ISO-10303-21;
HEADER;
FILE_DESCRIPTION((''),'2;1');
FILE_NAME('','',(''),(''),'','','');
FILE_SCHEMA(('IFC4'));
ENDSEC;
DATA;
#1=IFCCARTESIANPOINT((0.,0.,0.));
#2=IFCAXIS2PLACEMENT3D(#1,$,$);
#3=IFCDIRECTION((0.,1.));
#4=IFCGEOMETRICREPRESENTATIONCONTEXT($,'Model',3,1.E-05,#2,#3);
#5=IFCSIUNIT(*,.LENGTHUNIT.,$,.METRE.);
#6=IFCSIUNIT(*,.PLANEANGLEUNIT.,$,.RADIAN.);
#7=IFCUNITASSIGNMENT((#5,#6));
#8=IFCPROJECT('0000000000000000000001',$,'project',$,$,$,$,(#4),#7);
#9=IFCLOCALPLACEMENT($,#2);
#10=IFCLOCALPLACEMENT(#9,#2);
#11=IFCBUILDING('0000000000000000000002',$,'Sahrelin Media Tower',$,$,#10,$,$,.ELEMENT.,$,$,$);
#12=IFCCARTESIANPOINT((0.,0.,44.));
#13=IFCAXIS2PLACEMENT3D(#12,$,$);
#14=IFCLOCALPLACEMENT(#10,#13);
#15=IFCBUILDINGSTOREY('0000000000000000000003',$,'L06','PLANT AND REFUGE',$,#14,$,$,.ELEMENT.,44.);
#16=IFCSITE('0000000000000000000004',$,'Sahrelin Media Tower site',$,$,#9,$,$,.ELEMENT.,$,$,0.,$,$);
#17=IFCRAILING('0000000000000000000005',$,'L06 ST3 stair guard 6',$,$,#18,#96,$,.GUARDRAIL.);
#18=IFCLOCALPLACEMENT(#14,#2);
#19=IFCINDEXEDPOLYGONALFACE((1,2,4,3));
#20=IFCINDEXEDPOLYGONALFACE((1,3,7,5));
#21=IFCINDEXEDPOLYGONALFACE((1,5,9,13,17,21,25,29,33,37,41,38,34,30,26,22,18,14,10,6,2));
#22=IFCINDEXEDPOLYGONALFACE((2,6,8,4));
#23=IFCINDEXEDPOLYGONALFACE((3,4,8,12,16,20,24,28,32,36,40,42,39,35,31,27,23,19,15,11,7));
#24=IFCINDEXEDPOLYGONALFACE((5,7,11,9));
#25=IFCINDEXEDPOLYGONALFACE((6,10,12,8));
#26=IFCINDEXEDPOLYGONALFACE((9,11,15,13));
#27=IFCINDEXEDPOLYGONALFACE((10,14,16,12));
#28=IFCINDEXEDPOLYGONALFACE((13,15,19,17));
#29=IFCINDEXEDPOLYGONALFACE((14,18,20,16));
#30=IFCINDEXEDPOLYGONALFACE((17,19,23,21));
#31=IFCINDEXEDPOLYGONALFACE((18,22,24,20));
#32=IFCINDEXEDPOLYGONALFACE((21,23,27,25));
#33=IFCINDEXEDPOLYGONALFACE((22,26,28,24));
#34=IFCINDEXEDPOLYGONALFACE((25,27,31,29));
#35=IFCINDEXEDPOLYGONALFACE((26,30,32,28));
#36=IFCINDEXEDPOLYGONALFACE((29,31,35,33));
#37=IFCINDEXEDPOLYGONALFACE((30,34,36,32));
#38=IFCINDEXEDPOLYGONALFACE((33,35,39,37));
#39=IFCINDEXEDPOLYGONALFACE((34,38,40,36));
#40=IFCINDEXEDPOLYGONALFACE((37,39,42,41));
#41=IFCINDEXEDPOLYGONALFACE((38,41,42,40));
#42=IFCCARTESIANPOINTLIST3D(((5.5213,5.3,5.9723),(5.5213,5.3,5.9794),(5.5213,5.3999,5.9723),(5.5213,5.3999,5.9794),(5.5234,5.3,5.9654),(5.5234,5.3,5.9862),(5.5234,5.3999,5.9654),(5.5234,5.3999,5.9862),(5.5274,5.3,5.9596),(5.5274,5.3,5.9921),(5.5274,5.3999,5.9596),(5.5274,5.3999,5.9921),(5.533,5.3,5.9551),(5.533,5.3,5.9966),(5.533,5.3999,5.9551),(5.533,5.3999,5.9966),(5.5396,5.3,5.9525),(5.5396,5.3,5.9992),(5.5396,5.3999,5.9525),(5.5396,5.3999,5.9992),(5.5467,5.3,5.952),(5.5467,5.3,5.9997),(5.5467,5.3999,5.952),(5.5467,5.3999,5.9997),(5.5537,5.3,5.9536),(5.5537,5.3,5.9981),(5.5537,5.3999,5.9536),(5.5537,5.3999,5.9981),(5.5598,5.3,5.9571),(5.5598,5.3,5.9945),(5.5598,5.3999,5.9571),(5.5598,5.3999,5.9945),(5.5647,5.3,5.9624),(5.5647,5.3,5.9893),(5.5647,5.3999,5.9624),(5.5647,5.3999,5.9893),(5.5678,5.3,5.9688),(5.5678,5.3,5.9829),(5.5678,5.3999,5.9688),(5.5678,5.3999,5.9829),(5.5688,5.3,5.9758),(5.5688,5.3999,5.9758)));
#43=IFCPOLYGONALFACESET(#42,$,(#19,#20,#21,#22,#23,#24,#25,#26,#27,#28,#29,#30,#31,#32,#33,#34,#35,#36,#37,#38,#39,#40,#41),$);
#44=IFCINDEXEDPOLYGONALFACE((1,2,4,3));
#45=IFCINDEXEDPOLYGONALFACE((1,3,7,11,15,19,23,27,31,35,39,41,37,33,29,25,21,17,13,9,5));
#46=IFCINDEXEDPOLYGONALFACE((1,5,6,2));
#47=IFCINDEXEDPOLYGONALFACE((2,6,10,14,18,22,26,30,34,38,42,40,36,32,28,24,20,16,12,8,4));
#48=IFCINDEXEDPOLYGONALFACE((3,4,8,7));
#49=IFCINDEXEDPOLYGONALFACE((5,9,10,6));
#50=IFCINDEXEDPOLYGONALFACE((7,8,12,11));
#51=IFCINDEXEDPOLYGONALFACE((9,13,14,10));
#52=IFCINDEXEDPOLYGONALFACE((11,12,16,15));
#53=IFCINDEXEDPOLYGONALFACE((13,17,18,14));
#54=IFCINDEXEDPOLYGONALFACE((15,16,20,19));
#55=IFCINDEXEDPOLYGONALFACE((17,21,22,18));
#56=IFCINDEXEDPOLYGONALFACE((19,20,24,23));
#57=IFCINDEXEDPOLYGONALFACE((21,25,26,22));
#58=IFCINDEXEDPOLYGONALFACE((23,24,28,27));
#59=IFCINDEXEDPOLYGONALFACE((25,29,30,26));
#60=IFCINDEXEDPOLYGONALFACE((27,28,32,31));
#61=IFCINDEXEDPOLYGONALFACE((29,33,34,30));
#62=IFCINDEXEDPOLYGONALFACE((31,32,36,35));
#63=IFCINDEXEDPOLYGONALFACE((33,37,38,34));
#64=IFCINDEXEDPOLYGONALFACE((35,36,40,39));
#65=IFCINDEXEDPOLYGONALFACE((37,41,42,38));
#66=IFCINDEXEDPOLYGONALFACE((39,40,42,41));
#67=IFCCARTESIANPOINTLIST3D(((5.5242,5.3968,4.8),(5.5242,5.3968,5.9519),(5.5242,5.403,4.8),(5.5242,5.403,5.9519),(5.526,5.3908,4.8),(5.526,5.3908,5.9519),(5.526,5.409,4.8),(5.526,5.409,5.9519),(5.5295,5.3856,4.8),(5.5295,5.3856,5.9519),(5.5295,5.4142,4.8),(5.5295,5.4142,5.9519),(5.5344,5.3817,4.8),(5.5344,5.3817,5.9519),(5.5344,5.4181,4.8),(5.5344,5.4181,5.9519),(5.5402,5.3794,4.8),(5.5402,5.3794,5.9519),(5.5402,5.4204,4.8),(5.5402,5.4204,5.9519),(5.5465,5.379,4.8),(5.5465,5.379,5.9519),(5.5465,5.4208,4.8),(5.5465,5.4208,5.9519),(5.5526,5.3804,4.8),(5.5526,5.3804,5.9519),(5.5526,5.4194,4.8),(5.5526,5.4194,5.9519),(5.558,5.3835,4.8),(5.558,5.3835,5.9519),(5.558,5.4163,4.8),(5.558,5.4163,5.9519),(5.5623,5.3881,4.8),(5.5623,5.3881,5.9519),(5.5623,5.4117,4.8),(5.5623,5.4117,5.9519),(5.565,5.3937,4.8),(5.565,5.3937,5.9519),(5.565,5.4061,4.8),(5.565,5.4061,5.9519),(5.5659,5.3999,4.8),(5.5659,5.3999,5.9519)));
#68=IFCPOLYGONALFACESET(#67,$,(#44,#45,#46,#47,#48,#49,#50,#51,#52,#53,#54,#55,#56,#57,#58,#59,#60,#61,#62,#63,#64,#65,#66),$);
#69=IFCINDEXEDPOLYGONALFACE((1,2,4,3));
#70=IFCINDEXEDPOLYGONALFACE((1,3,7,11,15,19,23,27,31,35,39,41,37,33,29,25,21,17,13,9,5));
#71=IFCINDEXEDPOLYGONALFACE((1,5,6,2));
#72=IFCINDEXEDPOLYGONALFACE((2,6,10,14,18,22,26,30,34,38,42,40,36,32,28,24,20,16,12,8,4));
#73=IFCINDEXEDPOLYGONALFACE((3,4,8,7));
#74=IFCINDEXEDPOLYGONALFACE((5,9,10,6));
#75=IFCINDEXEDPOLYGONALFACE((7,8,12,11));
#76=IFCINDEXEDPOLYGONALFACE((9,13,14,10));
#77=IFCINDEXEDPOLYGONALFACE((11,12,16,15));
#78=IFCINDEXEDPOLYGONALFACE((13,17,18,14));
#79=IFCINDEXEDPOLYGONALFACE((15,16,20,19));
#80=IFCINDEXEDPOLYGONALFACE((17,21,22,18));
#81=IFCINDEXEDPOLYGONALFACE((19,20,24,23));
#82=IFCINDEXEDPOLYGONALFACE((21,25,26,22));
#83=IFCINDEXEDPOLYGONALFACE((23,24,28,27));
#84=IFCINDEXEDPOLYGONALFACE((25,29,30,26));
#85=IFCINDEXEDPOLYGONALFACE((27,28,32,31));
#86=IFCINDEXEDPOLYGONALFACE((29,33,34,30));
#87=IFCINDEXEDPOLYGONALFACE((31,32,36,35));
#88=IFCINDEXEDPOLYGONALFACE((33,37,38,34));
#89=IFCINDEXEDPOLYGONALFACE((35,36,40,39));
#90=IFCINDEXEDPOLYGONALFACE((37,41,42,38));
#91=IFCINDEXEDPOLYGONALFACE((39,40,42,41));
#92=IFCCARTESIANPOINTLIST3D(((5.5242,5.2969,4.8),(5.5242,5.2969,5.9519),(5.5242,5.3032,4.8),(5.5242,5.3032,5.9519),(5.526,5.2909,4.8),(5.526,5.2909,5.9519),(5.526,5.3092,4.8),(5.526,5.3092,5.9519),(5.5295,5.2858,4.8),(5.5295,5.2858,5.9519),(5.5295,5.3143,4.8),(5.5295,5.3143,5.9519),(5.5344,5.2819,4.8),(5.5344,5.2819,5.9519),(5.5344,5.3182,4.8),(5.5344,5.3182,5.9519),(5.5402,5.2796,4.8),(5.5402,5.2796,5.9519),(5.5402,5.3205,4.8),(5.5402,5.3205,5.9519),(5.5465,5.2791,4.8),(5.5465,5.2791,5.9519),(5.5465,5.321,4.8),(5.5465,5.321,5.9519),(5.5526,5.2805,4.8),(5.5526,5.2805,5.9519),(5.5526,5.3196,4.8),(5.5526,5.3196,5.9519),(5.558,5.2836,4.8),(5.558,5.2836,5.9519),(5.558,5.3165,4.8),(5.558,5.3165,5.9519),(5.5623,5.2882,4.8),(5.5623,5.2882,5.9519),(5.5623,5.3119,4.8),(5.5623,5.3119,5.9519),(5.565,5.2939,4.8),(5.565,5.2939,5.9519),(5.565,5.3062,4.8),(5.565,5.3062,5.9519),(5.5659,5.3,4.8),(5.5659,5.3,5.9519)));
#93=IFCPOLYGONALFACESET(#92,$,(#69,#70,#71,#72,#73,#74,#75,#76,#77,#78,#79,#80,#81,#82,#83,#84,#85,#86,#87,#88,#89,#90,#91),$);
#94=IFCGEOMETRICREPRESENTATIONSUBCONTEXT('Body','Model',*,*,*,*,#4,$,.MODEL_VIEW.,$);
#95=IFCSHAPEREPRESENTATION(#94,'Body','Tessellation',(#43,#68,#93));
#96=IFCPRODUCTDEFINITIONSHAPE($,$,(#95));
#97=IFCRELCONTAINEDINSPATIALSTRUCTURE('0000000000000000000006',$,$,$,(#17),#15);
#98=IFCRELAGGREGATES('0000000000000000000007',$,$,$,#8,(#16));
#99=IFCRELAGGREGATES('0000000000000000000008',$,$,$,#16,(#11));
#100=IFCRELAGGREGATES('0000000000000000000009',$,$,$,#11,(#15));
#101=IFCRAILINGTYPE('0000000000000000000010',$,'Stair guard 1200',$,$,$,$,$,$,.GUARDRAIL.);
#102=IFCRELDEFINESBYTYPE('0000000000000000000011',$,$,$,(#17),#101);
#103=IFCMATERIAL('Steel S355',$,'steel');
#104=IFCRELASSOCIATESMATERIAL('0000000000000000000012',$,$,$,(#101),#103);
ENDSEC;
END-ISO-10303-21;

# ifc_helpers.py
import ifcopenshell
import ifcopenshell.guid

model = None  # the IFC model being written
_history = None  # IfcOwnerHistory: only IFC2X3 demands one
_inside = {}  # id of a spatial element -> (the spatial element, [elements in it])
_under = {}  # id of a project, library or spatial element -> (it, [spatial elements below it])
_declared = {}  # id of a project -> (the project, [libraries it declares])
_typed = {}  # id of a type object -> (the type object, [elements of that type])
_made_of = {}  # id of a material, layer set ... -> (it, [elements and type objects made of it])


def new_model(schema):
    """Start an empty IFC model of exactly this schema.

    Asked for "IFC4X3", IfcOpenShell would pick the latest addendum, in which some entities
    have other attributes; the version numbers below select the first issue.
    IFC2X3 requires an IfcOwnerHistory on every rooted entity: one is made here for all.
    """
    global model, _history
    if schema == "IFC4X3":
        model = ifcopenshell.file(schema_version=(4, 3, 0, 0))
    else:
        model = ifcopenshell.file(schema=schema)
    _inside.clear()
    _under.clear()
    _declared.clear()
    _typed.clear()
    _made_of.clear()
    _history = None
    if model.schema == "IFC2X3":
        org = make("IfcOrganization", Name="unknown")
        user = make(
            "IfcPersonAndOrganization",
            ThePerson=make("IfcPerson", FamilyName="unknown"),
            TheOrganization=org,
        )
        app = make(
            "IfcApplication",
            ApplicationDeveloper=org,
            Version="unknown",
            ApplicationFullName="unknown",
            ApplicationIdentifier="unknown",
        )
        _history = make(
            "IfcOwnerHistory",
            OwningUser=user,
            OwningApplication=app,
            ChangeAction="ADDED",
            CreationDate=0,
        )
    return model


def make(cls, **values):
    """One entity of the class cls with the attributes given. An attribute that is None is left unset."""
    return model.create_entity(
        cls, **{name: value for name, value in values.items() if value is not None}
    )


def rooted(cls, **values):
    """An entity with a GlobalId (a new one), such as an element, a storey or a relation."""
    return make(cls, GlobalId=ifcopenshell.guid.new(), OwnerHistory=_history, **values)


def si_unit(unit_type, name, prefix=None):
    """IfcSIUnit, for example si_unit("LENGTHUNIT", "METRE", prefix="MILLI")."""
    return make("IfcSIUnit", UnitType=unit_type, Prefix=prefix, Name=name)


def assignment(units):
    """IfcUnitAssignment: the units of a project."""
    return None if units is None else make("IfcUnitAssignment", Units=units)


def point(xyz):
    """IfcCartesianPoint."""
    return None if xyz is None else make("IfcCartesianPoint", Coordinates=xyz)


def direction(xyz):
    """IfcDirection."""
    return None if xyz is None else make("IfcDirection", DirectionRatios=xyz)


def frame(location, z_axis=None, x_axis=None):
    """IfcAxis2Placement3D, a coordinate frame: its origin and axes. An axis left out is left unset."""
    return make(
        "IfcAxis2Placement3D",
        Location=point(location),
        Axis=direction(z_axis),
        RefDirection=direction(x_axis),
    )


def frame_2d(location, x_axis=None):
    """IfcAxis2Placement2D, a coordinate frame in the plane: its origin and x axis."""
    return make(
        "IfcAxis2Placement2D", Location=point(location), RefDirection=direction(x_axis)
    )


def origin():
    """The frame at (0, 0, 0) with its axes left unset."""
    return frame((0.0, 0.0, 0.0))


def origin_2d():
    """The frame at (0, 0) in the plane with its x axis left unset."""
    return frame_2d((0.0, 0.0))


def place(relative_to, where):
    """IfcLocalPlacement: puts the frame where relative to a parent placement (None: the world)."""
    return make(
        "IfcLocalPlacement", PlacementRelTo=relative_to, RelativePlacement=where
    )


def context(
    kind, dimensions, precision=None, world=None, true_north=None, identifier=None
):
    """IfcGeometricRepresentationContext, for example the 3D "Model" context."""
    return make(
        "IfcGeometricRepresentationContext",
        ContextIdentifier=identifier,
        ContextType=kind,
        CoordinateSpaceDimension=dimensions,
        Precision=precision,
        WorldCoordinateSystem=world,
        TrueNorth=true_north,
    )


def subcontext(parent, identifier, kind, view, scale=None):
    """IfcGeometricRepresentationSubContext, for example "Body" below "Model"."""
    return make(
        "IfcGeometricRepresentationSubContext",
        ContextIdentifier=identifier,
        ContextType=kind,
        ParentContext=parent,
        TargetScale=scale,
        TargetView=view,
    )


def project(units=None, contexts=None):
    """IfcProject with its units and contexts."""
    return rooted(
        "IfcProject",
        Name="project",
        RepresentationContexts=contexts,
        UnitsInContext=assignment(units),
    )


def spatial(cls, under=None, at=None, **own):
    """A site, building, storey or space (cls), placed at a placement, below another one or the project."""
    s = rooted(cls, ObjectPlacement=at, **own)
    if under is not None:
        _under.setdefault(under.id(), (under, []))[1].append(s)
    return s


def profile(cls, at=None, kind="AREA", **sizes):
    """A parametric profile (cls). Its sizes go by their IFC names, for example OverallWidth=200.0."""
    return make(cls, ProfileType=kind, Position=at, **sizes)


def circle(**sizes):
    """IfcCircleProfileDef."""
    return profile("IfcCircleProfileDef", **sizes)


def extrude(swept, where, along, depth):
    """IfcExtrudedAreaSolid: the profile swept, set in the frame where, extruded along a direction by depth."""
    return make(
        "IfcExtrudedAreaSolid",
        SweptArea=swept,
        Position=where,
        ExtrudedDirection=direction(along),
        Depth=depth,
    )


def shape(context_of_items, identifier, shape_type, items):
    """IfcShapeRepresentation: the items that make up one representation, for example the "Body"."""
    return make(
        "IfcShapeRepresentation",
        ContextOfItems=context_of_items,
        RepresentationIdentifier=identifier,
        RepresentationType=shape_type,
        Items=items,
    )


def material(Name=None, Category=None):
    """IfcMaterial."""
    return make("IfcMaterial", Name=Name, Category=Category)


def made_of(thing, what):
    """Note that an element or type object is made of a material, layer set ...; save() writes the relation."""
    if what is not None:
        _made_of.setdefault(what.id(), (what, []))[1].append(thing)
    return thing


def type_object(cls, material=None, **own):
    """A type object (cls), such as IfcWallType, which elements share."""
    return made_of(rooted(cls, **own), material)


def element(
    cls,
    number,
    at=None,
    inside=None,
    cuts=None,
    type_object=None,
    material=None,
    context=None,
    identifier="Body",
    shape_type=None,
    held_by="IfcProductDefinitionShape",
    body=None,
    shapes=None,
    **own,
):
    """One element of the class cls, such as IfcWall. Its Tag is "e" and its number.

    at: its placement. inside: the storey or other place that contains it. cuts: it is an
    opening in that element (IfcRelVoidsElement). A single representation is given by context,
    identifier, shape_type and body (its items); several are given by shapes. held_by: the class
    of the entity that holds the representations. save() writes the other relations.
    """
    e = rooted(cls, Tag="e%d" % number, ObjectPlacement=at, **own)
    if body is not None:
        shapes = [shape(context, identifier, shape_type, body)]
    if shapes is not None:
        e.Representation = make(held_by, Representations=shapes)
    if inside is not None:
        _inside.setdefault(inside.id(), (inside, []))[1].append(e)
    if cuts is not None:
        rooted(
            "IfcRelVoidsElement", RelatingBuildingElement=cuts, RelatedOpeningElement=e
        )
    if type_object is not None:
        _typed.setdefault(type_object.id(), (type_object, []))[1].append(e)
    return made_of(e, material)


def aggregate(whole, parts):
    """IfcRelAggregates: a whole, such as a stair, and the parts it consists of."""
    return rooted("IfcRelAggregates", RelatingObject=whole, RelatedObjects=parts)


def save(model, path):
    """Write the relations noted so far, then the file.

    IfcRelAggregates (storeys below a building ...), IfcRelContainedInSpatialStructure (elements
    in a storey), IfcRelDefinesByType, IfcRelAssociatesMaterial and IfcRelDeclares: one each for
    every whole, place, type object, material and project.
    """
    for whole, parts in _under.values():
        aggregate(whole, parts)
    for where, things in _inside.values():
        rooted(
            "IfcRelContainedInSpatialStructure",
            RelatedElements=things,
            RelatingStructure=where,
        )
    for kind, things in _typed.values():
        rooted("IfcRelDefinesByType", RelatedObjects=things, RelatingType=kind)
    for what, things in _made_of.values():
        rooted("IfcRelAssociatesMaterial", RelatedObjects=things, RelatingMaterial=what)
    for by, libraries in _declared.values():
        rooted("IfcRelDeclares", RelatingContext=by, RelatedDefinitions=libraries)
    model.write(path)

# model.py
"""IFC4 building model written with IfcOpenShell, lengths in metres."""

from ifc_helpers import new_model, si_unit, direction, frame, origin, origin_2d, place, context, subcontext, project, spatial, circle, extrude, material, type_object, element, save


model = new_model("IFC4")

# Units and contexts
model_context = context("Model", 3, precision=1e-05, world=origin(), true_north=direction((0.0, 1.0)))
body_context = subcontext(model_context, "Body", "Model", "MODEL_VIEW")
ifc_project = project(units=[si_unit("LENGTHUNIT", "METRE"), si_unit("PLANEANGLEUNIT", "RADIAN")], contexts=[model_context])

# Site, building, storey
site_placement = place(None, origin())
site = spatial("IfcSite", under=ifc_project, at=site_placement, Name="Sahrelin Media Tower site", CompositionType="ELEMENT", RefElevation=0.0)
building_placement = place(site_placement, origin())
building = spatial("IfcBuilding", under=site, at=building_placement, Name="Sahrelin Media Tower", CompositionType="ELEMENT")
storey_placement = place(building_placement, frame((0.0, 0.0, 44.0)))
storey = spatial("IfcBuildingStorey", under=building, at=storey_placement, Name="L06", Description="PLANT AND REFUGE", CompositionType="ELEMENT", Elevation=44.0)

# Shared definitions
ifc_material_1 = material(Name="Steel S355", Category="steel")

# Railing
railing_type_1 = type_object("IfcRailingType", Name="Stair guard 1200", PredefinedType="GUARDRAIL", material=ifc_material_1)
railing_1_placement = place(storey_placement, frame((5.5449, 5.3999, 4.8)))
element("IfcRailing", 1, at=railing_1_placement, inside=storey, type_object=railing_type_1, Name="L06 ST3 stair guard 6", PredefinedType="GUARDRAIL", context=body_context, shape_type="SweptSolid", body=[
    extrude(circle(Radius=0.0239, at=origin_2d()), frame((0.0, 0.0, 1.1758), z_axis=(0.0, -1.0, 0.0), x_axis=(1.0, 0.0, 0.0)), (0.0, 0.0, 1.0), 0.0999),
    extrude(circle(Radius=0.021, at=origin_2d()), origin(), (0.0, 0.0, 1.0), 1.1519),
    extrude(circle(Radius=0.021, at=origin_2d()), frame((0.0, -0.0999, 0.0)), (0.0, 0.0, 1.0), 1.1519),
])

save(model, "model.ifc")
